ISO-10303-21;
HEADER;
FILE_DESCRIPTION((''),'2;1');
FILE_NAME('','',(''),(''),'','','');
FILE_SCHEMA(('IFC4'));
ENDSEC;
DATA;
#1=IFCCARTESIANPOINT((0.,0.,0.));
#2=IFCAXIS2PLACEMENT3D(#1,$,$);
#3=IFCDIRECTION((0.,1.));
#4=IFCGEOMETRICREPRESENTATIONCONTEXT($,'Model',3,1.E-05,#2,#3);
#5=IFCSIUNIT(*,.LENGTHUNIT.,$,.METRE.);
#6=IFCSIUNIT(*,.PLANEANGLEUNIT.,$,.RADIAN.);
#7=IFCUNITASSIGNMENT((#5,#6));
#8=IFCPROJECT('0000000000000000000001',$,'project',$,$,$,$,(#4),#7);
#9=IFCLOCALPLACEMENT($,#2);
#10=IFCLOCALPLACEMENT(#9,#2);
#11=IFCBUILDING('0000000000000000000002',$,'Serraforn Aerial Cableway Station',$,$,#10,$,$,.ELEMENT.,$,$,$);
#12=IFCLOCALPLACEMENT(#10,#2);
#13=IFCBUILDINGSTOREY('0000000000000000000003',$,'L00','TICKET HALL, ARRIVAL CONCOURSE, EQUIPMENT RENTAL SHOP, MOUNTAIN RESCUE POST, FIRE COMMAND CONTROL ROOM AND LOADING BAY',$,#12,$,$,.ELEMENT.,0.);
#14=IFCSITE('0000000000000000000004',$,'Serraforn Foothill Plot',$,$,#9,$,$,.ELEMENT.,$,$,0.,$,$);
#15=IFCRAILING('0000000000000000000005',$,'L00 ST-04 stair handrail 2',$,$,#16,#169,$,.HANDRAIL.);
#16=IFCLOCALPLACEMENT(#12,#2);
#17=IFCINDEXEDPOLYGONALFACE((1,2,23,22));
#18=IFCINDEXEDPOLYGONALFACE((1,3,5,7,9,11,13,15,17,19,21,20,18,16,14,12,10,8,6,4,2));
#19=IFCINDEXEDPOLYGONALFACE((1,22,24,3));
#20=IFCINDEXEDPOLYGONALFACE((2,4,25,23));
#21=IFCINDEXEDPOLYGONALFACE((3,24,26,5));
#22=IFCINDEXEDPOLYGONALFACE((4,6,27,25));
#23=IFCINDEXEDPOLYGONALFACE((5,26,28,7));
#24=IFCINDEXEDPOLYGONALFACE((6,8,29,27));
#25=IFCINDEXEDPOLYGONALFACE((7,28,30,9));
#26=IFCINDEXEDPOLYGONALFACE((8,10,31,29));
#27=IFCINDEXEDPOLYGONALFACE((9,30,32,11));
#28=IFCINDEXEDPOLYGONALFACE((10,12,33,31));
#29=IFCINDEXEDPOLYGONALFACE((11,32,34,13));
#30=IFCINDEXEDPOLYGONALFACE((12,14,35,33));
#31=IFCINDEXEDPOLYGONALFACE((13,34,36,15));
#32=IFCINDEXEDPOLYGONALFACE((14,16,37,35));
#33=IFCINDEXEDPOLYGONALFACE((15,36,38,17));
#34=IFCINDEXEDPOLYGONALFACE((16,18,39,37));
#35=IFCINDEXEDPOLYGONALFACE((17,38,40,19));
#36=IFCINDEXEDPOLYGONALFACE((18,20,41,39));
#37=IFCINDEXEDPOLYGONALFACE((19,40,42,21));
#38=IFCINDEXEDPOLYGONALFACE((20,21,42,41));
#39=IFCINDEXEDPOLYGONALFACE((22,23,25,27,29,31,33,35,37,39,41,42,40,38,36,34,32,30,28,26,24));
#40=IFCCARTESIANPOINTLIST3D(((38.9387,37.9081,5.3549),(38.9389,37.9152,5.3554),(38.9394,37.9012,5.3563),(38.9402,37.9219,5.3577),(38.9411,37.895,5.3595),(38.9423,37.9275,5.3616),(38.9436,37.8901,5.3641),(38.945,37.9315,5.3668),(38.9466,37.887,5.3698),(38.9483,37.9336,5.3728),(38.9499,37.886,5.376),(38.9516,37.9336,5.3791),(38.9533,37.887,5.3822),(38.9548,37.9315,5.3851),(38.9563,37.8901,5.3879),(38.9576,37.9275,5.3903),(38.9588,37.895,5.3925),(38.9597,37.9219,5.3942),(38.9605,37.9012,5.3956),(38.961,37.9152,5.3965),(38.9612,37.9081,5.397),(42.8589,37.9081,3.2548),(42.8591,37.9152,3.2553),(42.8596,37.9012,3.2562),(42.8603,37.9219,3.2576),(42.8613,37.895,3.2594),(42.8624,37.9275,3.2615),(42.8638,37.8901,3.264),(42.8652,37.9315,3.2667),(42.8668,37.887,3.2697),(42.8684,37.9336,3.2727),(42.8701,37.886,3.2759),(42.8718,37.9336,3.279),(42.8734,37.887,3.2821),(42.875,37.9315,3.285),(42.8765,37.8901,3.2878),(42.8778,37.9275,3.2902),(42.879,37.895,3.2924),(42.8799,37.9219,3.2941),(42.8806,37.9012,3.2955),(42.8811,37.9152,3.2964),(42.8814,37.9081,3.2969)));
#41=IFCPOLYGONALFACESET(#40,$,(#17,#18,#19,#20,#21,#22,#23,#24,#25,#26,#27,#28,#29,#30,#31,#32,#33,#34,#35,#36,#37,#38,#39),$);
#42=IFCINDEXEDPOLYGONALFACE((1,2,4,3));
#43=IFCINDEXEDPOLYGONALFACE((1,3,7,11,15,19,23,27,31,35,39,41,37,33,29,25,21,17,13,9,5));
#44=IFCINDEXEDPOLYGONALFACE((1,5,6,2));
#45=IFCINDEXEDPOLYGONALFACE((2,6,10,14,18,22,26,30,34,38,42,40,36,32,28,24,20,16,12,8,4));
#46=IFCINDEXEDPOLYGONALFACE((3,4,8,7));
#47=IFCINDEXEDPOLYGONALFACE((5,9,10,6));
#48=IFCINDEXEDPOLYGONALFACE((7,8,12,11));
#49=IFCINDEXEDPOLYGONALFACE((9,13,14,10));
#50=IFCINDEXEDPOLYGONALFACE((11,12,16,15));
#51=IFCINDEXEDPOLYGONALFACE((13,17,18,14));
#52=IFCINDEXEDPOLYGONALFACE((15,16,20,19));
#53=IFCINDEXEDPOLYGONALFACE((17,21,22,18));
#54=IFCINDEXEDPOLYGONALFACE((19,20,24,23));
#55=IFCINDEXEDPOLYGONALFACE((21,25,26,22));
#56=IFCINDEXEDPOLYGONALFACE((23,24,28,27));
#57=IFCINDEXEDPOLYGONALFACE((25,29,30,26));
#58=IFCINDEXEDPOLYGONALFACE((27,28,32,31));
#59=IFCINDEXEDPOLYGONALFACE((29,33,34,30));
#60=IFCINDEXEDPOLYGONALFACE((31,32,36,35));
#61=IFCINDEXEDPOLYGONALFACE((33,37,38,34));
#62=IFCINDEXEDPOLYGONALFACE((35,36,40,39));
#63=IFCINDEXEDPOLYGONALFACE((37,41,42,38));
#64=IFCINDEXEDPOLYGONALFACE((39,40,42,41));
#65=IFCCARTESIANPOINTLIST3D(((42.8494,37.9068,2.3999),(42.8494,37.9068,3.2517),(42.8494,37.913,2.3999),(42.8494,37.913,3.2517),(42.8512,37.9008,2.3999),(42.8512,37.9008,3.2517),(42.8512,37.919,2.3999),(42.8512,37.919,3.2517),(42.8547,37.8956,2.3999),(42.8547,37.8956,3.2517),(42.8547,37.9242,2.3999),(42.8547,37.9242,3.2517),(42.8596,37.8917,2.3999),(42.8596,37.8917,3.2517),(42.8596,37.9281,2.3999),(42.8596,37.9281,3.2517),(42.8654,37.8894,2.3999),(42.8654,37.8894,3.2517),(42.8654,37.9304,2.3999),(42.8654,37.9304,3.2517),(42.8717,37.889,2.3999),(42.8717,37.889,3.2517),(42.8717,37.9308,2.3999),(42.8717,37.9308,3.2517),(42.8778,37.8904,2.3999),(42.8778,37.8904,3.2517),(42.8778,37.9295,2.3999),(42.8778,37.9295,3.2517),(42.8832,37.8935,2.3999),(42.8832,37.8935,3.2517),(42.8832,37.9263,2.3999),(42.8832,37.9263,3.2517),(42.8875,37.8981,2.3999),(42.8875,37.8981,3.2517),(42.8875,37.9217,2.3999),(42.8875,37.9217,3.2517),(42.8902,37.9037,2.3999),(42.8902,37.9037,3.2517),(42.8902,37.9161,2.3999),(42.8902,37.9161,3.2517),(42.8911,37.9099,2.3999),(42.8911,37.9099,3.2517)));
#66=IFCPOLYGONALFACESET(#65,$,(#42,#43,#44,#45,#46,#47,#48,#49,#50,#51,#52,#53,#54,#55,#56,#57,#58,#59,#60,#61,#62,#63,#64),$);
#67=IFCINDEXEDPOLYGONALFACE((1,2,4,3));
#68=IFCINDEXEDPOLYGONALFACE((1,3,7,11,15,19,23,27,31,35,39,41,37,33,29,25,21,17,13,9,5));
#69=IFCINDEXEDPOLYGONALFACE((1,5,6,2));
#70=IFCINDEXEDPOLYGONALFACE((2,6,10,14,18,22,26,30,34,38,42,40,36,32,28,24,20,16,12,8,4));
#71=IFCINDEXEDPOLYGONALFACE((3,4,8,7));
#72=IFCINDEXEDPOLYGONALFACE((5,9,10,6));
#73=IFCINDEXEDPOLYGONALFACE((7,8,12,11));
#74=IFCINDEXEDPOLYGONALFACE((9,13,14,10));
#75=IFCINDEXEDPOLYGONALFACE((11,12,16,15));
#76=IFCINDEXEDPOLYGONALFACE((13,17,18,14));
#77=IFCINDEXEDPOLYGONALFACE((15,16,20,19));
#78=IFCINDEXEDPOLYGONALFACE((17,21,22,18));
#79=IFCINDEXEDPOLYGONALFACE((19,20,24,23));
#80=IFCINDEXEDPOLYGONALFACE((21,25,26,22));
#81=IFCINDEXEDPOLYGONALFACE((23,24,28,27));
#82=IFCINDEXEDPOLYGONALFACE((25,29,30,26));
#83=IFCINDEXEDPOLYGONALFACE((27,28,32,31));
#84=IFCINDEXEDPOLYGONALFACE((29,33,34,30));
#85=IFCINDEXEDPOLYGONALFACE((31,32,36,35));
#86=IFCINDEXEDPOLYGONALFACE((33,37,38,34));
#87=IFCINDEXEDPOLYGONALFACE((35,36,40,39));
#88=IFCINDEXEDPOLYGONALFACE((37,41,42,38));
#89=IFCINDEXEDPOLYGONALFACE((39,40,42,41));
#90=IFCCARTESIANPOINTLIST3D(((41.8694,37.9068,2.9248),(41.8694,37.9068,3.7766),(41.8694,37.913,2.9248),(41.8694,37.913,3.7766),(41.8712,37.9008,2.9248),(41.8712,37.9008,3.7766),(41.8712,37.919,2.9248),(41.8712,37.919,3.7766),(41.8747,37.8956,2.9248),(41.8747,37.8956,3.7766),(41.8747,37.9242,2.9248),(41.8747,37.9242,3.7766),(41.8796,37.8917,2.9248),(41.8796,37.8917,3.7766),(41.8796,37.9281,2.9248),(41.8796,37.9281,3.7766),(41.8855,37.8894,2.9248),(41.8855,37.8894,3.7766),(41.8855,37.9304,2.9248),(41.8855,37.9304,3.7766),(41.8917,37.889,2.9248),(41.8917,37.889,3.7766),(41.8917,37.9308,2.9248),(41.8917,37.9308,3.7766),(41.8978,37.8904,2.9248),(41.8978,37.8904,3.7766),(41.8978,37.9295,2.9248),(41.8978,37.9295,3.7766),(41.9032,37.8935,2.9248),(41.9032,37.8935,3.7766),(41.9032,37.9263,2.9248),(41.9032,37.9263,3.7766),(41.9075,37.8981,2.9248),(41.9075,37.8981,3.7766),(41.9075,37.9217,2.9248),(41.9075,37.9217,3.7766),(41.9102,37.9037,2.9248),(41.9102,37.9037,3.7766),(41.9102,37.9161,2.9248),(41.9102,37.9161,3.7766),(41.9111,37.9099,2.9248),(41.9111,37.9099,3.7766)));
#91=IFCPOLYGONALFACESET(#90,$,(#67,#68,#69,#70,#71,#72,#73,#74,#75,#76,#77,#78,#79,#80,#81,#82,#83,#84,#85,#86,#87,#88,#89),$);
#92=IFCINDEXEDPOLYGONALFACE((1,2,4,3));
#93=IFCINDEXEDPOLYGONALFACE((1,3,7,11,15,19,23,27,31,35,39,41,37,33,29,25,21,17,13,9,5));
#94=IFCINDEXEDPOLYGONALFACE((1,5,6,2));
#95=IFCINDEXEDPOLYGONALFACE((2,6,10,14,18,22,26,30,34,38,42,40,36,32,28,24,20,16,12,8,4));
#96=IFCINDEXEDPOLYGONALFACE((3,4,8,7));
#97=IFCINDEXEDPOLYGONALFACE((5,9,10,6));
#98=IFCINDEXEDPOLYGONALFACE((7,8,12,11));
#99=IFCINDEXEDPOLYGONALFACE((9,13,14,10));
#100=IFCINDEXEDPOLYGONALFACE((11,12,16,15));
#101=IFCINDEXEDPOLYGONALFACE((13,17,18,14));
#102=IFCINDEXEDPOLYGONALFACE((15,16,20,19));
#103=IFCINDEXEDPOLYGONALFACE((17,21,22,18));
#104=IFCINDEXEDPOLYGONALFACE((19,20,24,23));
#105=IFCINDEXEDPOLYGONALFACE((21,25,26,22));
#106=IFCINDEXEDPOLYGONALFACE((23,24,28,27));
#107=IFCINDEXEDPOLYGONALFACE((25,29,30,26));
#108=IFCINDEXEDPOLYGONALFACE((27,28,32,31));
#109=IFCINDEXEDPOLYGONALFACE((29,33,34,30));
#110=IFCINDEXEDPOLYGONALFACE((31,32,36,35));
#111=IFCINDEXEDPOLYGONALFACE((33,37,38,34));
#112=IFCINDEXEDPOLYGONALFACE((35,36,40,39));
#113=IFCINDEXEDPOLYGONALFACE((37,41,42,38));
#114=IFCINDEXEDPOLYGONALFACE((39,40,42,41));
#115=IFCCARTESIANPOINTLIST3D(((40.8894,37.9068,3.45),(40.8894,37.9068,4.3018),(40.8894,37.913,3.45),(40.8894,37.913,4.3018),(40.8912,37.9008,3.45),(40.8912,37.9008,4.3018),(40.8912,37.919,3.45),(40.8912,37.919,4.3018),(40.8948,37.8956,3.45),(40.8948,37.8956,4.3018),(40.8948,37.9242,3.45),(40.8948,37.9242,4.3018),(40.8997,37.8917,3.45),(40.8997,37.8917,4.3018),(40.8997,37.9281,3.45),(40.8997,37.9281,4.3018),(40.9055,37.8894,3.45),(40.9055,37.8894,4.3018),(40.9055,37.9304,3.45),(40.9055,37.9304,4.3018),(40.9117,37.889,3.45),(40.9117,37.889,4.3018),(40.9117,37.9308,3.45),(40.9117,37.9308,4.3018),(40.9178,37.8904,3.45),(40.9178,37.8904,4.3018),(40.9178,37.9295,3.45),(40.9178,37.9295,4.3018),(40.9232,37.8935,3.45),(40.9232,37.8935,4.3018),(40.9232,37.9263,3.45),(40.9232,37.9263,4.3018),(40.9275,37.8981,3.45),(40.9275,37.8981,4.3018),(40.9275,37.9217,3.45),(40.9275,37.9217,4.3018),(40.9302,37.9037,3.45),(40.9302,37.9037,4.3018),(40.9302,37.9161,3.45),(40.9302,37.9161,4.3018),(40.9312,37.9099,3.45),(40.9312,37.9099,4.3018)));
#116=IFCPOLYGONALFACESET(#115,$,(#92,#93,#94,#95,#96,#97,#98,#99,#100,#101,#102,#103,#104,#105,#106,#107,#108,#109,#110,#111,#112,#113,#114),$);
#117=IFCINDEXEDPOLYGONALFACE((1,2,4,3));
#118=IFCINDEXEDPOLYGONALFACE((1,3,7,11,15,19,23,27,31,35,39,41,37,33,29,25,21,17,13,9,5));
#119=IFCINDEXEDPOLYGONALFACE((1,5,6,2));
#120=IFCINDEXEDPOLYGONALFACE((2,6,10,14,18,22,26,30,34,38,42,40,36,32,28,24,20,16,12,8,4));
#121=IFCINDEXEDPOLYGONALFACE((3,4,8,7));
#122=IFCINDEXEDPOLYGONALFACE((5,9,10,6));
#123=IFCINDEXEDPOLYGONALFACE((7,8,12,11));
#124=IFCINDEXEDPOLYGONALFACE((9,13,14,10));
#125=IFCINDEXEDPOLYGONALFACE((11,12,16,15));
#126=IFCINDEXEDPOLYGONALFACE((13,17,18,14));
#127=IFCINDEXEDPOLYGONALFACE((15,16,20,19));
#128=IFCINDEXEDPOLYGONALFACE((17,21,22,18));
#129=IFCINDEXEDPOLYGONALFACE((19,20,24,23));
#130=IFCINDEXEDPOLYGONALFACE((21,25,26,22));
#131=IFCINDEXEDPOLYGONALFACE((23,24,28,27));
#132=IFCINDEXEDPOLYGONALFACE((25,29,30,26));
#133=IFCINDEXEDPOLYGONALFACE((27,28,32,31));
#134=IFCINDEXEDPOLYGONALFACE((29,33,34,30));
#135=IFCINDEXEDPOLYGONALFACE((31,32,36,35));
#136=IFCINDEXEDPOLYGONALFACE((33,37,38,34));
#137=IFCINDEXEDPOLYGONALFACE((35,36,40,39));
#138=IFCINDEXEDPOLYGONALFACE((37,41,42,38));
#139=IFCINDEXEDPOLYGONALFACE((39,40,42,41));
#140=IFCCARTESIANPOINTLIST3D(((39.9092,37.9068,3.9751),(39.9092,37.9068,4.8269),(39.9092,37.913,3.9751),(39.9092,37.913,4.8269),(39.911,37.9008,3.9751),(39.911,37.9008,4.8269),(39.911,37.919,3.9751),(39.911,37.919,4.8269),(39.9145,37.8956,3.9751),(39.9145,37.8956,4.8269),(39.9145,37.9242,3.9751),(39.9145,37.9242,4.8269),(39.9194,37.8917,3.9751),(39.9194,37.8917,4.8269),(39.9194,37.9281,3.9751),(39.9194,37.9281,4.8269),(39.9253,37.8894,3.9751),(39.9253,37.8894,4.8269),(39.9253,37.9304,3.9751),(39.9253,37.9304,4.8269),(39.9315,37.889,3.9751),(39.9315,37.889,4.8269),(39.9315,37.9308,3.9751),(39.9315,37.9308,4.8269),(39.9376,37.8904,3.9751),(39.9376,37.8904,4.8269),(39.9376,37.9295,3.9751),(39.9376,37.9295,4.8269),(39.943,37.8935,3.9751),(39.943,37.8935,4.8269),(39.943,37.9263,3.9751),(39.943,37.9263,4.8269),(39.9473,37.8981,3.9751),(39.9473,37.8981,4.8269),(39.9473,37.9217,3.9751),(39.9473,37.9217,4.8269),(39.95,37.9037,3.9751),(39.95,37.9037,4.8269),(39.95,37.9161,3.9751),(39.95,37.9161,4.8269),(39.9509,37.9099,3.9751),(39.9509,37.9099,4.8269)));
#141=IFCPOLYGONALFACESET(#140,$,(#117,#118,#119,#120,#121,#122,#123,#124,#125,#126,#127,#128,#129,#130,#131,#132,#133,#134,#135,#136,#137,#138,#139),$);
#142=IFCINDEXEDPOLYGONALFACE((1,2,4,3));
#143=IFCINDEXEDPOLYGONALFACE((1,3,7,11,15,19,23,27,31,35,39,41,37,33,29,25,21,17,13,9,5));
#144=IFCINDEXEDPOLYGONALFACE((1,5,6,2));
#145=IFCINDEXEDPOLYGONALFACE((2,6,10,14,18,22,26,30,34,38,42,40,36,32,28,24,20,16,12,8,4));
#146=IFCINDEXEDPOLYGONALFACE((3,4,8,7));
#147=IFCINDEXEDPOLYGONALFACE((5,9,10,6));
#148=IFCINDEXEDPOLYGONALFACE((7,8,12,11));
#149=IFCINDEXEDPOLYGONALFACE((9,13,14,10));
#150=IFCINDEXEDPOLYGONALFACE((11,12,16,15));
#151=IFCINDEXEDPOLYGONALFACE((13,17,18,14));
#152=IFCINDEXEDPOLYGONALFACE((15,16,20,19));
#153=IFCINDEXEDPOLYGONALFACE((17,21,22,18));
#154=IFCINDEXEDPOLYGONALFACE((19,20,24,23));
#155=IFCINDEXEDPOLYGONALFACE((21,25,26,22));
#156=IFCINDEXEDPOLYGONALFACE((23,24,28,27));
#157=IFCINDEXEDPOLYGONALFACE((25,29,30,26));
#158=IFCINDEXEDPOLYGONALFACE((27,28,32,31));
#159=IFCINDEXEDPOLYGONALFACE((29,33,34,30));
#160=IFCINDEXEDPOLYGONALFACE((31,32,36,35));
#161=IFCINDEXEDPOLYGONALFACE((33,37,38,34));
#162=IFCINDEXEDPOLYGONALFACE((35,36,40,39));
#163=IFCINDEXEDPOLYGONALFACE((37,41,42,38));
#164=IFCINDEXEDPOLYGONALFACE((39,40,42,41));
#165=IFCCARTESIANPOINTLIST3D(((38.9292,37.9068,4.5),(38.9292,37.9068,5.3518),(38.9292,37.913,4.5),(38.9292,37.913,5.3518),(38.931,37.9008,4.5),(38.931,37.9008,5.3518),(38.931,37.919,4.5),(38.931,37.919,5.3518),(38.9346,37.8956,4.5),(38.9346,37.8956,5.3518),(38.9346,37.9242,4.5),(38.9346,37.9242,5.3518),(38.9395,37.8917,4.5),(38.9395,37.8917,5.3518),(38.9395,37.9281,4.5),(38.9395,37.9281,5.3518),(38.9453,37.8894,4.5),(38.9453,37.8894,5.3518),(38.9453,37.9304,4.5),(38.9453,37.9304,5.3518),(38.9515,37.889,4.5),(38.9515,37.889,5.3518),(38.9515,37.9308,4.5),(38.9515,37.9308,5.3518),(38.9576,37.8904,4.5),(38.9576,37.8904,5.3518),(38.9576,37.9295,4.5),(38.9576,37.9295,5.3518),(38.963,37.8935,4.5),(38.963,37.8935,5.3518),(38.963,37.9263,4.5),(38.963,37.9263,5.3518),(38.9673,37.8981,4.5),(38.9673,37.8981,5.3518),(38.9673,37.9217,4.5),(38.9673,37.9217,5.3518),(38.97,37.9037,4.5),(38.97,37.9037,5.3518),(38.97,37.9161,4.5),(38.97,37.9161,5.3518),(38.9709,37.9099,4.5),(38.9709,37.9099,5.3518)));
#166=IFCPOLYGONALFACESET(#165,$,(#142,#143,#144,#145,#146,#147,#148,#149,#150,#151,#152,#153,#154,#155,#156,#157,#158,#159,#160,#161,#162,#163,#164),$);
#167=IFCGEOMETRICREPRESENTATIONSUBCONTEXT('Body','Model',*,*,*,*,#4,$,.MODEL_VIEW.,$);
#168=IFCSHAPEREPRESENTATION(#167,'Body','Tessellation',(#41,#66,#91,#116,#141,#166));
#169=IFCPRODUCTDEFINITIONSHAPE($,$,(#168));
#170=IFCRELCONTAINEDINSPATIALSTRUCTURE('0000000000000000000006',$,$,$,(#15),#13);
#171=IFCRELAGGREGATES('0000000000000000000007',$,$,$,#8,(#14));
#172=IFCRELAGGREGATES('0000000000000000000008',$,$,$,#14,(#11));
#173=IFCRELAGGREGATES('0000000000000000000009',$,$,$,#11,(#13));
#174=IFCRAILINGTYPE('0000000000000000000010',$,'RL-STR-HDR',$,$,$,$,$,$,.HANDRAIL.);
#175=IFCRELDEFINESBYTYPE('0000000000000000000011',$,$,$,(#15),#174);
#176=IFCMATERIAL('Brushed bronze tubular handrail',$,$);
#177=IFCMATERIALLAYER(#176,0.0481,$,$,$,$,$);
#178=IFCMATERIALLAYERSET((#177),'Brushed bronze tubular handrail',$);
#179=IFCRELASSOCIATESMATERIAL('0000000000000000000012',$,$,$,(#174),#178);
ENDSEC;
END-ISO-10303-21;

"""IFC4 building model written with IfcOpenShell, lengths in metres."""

from ifc_helpers import new_model, si_unit, direction, frame, origin, origin_2d, place, context, subcontext, project, spatial, circle, extrude, material, layer, layer_set, type_object, element, save


model = new_model("IFC4")

# Units and contexts
model_context = context("Model", 3, precision=1e-05, world=origin(), true_north=direction((0.0, 1.0)))
body_context = subcontext(model_context, "Body", "Model", "MODEL_VIEW")
ifc_project = project(units=[si_unit("LENGTHUNIT", "METRE"), si_unit("PLANEANGLEUNIT", "RADIAN")], contexts=[model_context])

# Site, building, storey
site_placement = place(None, origin())
site = spatial("IfcSite", under=ifc_project, at=site_placement, Name="Serraforn Foothill Plot", CompositionType="ELEMENT", RefElevation=0.0)
building_placement = place(site_placement, origin())
building = spatial("IfcBuilding", under=site, at=building_placement, Name="Serraforn Aerial Cableway Station", CompositionType="ELEMENT")
storey_placement = place(building_placement, origin())
storey = spatial("IfcBuildingStorey", under=building, at=storey_placement, Name="L00", Description="TICKET HALL, ARRIVAL CONCOURSE, EQUIPMENT RENTAL SHOP, MOUNTAIN RESCUE POST, FIRE COMMAND CONTROL ROOM AND LOADING BAY", CompositionType="ELEMENT", Elevation=0.0)

# Railing
ifc_material_1 = material(Name="Brushed bronze tubular handrail")
ifc_layer_1 = layer(ifc_material_1, 0.0481)
ifc_layer_set_1 = layer_set([ifc_layer_1], Name="Brushed bronze tubular handrail")
railing_type_1 = type_object("IfcRailingType", Name="RL-STR-HDR", PredefinedType="HANDRAIL", material=ifc_layer_set_1)
railing_1_placement = place(storey_placement, frame((42.8701, 37.9099, 2.3999)))
element("IfcRailing", 1, at=railing_1_placement, inside=storey, type_object=railing_type_1, Name="L00 ST-04 stair handrail 2", PredefinedType="HANDRAIL", context=body_context, shape_type="SweptSolid", body=[
    extrude(circle(Radius=0.0239, at=origin_2d()), frame((0.0, 0.0, 0.876), z_axis=(-0.881479, 0.0, 0.472223), x_axis=(0.0, -1.0, 0.0)), (0.0, 0.0, 1.0), 4.4473),
    extrude(circle(Radius=0.021, at=origin_2d()), origin(), (0.0, 0.0, 1.0), 0.8518),
    extrude(circle(Radius=0.021, at=origin_2d()), frame((-0.98, 0.0, 0.5249)), (0.0, 0.0, 1.0), 0.8518),
    extrude(circle(Radius=0.021, at=origin_2d()), frame((-1.96, 0.0, 1.05)), (0.0, 0.0, 1.0), 0.8518),
    extrude(circle(Radius=0.021, at=origin_2d()), frame((-2.9402, 0.0, 1.5752)), (0.0, 0.0, 1.0), 0.8518),
    extrude(circle(Radius=0.021, at=origin_2d()), frame((-3.9202, 0.0, 2.1001)), (0.0, 0.0, 1.0), 0.8518),
])

save(model, "model.ifc")
